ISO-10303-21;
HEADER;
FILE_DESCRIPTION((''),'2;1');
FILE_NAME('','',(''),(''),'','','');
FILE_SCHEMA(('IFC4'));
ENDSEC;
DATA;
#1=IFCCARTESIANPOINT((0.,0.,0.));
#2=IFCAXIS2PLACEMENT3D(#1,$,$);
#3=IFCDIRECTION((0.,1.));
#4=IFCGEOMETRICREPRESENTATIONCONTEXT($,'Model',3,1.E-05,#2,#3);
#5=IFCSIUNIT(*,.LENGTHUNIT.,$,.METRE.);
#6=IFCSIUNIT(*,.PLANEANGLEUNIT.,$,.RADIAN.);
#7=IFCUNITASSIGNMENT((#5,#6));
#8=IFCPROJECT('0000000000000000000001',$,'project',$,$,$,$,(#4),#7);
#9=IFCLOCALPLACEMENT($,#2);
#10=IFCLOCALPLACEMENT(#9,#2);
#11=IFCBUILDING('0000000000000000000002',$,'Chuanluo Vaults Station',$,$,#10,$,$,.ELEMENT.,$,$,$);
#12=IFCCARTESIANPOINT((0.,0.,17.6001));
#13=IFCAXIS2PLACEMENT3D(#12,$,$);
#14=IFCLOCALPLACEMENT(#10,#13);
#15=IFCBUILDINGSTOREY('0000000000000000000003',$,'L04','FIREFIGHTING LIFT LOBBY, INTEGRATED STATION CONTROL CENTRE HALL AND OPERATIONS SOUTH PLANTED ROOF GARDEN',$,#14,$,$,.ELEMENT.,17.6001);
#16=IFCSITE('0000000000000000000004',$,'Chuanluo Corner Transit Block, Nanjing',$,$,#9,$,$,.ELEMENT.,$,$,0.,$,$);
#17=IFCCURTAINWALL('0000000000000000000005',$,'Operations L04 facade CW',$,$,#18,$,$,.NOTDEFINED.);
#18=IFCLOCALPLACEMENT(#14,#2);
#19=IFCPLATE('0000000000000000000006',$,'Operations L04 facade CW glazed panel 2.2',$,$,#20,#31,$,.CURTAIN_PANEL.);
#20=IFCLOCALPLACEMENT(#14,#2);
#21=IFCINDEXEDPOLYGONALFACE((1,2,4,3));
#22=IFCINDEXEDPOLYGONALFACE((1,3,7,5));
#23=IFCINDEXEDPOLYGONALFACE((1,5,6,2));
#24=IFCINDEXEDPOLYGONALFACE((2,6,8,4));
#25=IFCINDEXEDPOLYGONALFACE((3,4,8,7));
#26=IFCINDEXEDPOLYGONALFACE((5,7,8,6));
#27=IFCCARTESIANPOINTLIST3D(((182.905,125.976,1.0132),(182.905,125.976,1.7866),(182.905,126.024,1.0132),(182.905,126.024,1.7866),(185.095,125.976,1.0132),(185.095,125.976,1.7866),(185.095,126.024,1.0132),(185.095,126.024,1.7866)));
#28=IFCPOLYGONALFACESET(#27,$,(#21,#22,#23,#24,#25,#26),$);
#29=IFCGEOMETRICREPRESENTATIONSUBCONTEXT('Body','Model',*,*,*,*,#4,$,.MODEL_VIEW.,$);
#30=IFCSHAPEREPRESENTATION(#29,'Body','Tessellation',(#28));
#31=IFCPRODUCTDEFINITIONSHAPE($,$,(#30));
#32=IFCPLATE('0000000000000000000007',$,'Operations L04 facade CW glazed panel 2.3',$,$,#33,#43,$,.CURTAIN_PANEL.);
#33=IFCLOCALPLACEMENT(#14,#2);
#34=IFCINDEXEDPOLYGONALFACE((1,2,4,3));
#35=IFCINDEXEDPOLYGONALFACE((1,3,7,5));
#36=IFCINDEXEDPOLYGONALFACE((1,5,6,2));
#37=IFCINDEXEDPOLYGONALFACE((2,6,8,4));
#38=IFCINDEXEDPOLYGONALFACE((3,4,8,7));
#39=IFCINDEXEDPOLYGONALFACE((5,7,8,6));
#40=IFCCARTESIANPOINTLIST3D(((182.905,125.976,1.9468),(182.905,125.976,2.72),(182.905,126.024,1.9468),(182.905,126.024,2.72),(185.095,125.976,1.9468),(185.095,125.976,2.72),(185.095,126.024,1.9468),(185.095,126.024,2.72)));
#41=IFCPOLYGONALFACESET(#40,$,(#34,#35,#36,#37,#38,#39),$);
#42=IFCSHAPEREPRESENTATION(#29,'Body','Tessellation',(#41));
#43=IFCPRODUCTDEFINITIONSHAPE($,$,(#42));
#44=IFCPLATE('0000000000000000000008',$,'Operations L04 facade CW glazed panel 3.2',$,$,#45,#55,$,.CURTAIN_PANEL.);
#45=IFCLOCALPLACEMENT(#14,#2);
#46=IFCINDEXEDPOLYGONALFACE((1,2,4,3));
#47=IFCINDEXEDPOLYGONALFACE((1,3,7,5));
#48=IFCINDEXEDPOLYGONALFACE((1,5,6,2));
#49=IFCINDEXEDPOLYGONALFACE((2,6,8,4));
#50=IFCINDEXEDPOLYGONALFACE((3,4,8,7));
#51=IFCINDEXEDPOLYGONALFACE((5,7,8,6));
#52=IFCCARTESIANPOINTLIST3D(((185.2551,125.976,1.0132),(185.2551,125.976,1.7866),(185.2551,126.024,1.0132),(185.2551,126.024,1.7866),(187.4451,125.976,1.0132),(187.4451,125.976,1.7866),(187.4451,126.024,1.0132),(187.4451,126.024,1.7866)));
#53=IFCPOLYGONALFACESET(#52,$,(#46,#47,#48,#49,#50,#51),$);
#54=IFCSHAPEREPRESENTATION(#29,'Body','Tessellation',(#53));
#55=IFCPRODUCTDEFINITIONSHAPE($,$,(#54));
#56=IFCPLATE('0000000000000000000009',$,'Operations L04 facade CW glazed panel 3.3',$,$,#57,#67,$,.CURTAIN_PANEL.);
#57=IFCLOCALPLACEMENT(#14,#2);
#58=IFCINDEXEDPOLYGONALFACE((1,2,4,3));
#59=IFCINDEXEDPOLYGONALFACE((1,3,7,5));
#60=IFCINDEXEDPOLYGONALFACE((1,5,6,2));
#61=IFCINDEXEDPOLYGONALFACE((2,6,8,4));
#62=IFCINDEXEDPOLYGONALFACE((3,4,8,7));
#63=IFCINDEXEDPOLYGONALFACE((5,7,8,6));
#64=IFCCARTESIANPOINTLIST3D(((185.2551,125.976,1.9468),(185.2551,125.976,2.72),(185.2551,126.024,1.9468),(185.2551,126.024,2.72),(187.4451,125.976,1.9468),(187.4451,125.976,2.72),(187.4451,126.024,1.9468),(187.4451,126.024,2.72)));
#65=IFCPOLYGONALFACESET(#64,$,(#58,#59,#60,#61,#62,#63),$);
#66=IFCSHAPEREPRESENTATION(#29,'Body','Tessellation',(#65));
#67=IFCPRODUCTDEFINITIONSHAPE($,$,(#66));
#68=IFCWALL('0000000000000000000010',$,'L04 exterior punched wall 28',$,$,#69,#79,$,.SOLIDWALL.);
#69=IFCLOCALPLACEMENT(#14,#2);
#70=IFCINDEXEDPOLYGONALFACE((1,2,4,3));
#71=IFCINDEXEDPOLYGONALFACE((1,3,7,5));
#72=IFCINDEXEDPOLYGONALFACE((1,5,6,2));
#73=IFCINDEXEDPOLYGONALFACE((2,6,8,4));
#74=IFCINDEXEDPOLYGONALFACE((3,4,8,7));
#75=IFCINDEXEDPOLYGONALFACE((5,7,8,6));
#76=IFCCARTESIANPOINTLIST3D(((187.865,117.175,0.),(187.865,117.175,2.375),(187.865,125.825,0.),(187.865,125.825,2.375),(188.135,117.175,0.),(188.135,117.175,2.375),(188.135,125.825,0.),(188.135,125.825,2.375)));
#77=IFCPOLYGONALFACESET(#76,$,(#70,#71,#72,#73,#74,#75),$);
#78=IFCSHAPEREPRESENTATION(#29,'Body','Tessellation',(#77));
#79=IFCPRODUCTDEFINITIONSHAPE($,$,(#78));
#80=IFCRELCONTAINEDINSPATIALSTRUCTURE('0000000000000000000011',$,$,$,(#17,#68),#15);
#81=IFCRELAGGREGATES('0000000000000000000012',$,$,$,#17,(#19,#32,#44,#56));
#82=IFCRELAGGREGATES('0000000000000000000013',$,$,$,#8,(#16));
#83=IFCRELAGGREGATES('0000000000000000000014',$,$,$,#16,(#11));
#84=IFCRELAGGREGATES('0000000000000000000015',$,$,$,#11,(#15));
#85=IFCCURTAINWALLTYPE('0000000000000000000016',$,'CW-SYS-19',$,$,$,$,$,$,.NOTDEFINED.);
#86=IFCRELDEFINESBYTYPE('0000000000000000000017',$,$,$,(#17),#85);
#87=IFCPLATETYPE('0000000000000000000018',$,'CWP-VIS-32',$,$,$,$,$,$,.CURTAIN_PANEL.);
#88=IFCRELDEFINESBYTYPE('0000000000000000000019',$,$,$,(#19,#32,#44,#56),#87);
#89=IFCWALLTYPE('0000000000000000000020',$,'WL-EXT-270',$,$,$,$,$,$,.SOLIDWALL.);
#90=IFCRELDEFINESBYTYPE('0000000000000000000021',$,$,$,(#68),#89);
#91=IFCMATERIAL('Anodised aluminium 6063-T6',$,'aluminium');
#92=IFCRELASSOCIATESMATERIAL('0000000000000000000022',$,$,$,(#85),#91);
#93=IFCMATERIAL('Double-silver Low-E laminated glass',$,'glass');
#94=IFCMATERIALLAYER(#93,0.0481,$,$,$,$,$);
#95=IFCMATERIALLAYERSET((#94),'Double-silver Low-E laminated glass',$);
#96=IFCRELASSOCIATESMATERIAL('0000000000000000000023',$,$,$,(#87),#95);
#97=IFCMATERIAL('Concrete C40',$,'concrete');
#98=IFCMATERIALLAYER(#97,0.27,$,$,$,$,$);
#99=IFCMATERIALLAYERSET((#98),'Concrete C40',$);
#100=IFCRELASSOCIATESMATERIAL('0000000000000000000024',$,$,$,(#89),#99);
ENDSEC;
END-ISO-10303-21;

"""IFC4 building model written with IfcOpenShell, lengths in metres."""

from ifc_helpers import new_model, si_unit, direction, frame, frame_2d, origin, origin_2d, place, context, subcontext, project, spatial, rectangle, extrude, material, layer, layer_set, type_object, element, aggregate, save


model = new_model("IFC4")

# Units and contexts
model_context = context("Model", 3, precision=1e-05, world=origin(), true_north=direction((0.0, 1.0)))
body_context = subcontext(model_context, "Body", "Model", "MODEL_VIEW")
ifc_project = project(units=[si_unit("LENGTHUNIT", "METRE"), si_unit("PLANEANGLEUNIT", "RADIAN")], contexts=[model_context])

# Site, building, storey
site_placement = place(None, origin())
site = spatial("IfcSite", under=ifc_project, at=site_placement, Name="Chuanluo Corner Transit Block, Nanjing", CompositionType="ELEMENT", RefElevation=0.0)
building_placement = place(site_placement, origin())
building = spatial("IfcBuilding", under=site, at=building_placement, Name="Chuanluo Vaults Station", CompositionType="ELEMENT")
storey_placement = place(building_placement, frame((0.0, 0.0, 17.6001)))
storey = spatial("IfcBuildingStorey", under=building, at=storey_placement, Name="L04", Description="FIREFIGHTING LIFT LOBBY, INTEGRATED STATION CONTROL CENTRE HALL AND OPERATIONS SOUTH PLANTED ROOF GARDEN", CompositionType="ELEMENT", Elevation=17.6001)

# Curtain wall
ifc_material_1 = material(Name="Anodised aluminium 6063-T6", Category="aluminium")
curtain_wall_type_1 = type_object("IfcCurtainWallType", Name="CW-SYS-19", PredefinedType="NOTDEFINED", material=ifc_material_1)
curtain_wall_1_placement = place(storey_placement, origin())
curtain_wall_1 = element("IfcCurtainWall", 1, at=curtain_wall_1_placement, inside=storey, type_object=curtain_wall_type_1, Name="Operations L04 facade CW", PredefinedType="NOTDEFINED")

# Plates
ifc_material_2 = material(Name="Double-silver Low-E laminated glass", Category="glass")
ifc_layer_1 = layer(ifc_material_2, 0.0481)
ifc_layer_set_1 = layer_set([ifc_layer_1], Name="Double-silver Low-E laminated glass")
plate_type_1 = type_object("IfcPlateType", Name="CWP-VIS-32", PredefinedType="CURTAIN_PANEL", material=ifc_layer_set_1)
plate_1_placement = place(storey_placement, frame((184.0, 126.0, 1.0132), z_axis=(0.0, 0.0, 1.0), x_axis=(1.0, 0.0, 0.0)))
plate_1 = element("IfcPlate", 2, at=plate_1_placement, type_object=plate_type_1, Name="Operations L04 facade CW glazed panel 2.2", PredefinedType="CURTAIN_PANEL", context=body_context, shape_type="SweptSolid", body=[
    extrude(rectangle(XDim=2.1899, YDim=0.0481, at=origin_2d()), origin(), (0.0, 0.0, 1.0), 0.7734),
])
plate_2_placement = place(storey_placement, frame((184.0, 126.0, 1.9468), z_axis=(0.0, 0.0, 1.0), x_axis=(1.0, 0.0, 0.0)))
plate_2 = element("IfcPlate", 3, at=plate_2_placement, type_object=plate_type_1, Name="Operations L04 facade CW glazed panel 2.3", PredefinedType="CURTAIN_PANEL", context=body_context, shape_type="SweptSolid", body=[
    extrude(rectangle(XDim=2.1899, YDim=0.0481, at=origin_2d()), origin(), (0.0, 0.0, 1.0), 0.7732),
])
plate_3_placement = place(storey_placement, frame((186.3501, 126.0, 1.0132), z_axis=(0.0, 0.0, 1.0), x_axis=(1.0, 0.0, 0.0)))
plate_3 = element("IfcPlate", 4, at=plate_3_placement, type_object=plate_type_1, Name="Operations L04 facade CW glazed panel 3.2", PredefinedType="CURTAIN_PANEL", context=body_context, shape_type="SweptSolid", body=[
    extrude(rectangle(XDim=2.1899, YDim=0.0481, at=origin_2d()), origin(), (0.0, 0.0, 1.0), 0.7734),
])
plate_4_placement = place(storey_placement, frame((186.3501, 126.0, 1.9468), z_axis=(0.0, 0.0, 1.0), x_axis=(1.0, 0.0, 0.0)))
plate_4 = element("IfcPlate", 5, at=plate_4_placement, type_object=plate_type_1, Name="Operations L04 facade CW glazed panel 3.3", PredefinedType="CURTAIN_PANEL", context=body_context, shape_type="SweptSolid", body=[
    extrude(rectangle(XDim=2.1899, YDim=0.0481, at=origin_2d()), origin(), (0.0, 0.0, 1.0), 0.7732),
])
aggregate(curtain_wall_1, [plate_1, plate_2, plate_3, plate_4])

# Wall
ifc_material_3 = material(Name="Concrete C40", Category="concrete")
ifc_layer_2 = layer(ifc_material_3, 0.27)
ifc_layer_set_2 = layer_set([ifc_layer_2], Name="Concrete C40")
wall_type = type_object("IfcWallType", Name="WL-EXT-270", PredefinedType="SOLIDWALL", material=ifc_layer_set_2)
wall_placement = place(storey_placement, frame((188.0, 125.825, 0.0), z_axis=(0.0, 0.0, 1.0), x_axis=(0.0, -1.0, 0.0)))
element("IfcWall", 6, at=wall_placement, inside=storey, type_object=wall_type, Name="L04 exterior punched wall 28", PredefinedType="SOLIDWALL", context=body_context, shape_type="SweptSolid", body=[
    extrude(rectangle(XDim=8.6499, YDim=0.27, at=frame_2d((4.325, 0.0))), origin(), (0.0, 0.0, 1.0), 2.375),
])

save(model, "model.ifc")
